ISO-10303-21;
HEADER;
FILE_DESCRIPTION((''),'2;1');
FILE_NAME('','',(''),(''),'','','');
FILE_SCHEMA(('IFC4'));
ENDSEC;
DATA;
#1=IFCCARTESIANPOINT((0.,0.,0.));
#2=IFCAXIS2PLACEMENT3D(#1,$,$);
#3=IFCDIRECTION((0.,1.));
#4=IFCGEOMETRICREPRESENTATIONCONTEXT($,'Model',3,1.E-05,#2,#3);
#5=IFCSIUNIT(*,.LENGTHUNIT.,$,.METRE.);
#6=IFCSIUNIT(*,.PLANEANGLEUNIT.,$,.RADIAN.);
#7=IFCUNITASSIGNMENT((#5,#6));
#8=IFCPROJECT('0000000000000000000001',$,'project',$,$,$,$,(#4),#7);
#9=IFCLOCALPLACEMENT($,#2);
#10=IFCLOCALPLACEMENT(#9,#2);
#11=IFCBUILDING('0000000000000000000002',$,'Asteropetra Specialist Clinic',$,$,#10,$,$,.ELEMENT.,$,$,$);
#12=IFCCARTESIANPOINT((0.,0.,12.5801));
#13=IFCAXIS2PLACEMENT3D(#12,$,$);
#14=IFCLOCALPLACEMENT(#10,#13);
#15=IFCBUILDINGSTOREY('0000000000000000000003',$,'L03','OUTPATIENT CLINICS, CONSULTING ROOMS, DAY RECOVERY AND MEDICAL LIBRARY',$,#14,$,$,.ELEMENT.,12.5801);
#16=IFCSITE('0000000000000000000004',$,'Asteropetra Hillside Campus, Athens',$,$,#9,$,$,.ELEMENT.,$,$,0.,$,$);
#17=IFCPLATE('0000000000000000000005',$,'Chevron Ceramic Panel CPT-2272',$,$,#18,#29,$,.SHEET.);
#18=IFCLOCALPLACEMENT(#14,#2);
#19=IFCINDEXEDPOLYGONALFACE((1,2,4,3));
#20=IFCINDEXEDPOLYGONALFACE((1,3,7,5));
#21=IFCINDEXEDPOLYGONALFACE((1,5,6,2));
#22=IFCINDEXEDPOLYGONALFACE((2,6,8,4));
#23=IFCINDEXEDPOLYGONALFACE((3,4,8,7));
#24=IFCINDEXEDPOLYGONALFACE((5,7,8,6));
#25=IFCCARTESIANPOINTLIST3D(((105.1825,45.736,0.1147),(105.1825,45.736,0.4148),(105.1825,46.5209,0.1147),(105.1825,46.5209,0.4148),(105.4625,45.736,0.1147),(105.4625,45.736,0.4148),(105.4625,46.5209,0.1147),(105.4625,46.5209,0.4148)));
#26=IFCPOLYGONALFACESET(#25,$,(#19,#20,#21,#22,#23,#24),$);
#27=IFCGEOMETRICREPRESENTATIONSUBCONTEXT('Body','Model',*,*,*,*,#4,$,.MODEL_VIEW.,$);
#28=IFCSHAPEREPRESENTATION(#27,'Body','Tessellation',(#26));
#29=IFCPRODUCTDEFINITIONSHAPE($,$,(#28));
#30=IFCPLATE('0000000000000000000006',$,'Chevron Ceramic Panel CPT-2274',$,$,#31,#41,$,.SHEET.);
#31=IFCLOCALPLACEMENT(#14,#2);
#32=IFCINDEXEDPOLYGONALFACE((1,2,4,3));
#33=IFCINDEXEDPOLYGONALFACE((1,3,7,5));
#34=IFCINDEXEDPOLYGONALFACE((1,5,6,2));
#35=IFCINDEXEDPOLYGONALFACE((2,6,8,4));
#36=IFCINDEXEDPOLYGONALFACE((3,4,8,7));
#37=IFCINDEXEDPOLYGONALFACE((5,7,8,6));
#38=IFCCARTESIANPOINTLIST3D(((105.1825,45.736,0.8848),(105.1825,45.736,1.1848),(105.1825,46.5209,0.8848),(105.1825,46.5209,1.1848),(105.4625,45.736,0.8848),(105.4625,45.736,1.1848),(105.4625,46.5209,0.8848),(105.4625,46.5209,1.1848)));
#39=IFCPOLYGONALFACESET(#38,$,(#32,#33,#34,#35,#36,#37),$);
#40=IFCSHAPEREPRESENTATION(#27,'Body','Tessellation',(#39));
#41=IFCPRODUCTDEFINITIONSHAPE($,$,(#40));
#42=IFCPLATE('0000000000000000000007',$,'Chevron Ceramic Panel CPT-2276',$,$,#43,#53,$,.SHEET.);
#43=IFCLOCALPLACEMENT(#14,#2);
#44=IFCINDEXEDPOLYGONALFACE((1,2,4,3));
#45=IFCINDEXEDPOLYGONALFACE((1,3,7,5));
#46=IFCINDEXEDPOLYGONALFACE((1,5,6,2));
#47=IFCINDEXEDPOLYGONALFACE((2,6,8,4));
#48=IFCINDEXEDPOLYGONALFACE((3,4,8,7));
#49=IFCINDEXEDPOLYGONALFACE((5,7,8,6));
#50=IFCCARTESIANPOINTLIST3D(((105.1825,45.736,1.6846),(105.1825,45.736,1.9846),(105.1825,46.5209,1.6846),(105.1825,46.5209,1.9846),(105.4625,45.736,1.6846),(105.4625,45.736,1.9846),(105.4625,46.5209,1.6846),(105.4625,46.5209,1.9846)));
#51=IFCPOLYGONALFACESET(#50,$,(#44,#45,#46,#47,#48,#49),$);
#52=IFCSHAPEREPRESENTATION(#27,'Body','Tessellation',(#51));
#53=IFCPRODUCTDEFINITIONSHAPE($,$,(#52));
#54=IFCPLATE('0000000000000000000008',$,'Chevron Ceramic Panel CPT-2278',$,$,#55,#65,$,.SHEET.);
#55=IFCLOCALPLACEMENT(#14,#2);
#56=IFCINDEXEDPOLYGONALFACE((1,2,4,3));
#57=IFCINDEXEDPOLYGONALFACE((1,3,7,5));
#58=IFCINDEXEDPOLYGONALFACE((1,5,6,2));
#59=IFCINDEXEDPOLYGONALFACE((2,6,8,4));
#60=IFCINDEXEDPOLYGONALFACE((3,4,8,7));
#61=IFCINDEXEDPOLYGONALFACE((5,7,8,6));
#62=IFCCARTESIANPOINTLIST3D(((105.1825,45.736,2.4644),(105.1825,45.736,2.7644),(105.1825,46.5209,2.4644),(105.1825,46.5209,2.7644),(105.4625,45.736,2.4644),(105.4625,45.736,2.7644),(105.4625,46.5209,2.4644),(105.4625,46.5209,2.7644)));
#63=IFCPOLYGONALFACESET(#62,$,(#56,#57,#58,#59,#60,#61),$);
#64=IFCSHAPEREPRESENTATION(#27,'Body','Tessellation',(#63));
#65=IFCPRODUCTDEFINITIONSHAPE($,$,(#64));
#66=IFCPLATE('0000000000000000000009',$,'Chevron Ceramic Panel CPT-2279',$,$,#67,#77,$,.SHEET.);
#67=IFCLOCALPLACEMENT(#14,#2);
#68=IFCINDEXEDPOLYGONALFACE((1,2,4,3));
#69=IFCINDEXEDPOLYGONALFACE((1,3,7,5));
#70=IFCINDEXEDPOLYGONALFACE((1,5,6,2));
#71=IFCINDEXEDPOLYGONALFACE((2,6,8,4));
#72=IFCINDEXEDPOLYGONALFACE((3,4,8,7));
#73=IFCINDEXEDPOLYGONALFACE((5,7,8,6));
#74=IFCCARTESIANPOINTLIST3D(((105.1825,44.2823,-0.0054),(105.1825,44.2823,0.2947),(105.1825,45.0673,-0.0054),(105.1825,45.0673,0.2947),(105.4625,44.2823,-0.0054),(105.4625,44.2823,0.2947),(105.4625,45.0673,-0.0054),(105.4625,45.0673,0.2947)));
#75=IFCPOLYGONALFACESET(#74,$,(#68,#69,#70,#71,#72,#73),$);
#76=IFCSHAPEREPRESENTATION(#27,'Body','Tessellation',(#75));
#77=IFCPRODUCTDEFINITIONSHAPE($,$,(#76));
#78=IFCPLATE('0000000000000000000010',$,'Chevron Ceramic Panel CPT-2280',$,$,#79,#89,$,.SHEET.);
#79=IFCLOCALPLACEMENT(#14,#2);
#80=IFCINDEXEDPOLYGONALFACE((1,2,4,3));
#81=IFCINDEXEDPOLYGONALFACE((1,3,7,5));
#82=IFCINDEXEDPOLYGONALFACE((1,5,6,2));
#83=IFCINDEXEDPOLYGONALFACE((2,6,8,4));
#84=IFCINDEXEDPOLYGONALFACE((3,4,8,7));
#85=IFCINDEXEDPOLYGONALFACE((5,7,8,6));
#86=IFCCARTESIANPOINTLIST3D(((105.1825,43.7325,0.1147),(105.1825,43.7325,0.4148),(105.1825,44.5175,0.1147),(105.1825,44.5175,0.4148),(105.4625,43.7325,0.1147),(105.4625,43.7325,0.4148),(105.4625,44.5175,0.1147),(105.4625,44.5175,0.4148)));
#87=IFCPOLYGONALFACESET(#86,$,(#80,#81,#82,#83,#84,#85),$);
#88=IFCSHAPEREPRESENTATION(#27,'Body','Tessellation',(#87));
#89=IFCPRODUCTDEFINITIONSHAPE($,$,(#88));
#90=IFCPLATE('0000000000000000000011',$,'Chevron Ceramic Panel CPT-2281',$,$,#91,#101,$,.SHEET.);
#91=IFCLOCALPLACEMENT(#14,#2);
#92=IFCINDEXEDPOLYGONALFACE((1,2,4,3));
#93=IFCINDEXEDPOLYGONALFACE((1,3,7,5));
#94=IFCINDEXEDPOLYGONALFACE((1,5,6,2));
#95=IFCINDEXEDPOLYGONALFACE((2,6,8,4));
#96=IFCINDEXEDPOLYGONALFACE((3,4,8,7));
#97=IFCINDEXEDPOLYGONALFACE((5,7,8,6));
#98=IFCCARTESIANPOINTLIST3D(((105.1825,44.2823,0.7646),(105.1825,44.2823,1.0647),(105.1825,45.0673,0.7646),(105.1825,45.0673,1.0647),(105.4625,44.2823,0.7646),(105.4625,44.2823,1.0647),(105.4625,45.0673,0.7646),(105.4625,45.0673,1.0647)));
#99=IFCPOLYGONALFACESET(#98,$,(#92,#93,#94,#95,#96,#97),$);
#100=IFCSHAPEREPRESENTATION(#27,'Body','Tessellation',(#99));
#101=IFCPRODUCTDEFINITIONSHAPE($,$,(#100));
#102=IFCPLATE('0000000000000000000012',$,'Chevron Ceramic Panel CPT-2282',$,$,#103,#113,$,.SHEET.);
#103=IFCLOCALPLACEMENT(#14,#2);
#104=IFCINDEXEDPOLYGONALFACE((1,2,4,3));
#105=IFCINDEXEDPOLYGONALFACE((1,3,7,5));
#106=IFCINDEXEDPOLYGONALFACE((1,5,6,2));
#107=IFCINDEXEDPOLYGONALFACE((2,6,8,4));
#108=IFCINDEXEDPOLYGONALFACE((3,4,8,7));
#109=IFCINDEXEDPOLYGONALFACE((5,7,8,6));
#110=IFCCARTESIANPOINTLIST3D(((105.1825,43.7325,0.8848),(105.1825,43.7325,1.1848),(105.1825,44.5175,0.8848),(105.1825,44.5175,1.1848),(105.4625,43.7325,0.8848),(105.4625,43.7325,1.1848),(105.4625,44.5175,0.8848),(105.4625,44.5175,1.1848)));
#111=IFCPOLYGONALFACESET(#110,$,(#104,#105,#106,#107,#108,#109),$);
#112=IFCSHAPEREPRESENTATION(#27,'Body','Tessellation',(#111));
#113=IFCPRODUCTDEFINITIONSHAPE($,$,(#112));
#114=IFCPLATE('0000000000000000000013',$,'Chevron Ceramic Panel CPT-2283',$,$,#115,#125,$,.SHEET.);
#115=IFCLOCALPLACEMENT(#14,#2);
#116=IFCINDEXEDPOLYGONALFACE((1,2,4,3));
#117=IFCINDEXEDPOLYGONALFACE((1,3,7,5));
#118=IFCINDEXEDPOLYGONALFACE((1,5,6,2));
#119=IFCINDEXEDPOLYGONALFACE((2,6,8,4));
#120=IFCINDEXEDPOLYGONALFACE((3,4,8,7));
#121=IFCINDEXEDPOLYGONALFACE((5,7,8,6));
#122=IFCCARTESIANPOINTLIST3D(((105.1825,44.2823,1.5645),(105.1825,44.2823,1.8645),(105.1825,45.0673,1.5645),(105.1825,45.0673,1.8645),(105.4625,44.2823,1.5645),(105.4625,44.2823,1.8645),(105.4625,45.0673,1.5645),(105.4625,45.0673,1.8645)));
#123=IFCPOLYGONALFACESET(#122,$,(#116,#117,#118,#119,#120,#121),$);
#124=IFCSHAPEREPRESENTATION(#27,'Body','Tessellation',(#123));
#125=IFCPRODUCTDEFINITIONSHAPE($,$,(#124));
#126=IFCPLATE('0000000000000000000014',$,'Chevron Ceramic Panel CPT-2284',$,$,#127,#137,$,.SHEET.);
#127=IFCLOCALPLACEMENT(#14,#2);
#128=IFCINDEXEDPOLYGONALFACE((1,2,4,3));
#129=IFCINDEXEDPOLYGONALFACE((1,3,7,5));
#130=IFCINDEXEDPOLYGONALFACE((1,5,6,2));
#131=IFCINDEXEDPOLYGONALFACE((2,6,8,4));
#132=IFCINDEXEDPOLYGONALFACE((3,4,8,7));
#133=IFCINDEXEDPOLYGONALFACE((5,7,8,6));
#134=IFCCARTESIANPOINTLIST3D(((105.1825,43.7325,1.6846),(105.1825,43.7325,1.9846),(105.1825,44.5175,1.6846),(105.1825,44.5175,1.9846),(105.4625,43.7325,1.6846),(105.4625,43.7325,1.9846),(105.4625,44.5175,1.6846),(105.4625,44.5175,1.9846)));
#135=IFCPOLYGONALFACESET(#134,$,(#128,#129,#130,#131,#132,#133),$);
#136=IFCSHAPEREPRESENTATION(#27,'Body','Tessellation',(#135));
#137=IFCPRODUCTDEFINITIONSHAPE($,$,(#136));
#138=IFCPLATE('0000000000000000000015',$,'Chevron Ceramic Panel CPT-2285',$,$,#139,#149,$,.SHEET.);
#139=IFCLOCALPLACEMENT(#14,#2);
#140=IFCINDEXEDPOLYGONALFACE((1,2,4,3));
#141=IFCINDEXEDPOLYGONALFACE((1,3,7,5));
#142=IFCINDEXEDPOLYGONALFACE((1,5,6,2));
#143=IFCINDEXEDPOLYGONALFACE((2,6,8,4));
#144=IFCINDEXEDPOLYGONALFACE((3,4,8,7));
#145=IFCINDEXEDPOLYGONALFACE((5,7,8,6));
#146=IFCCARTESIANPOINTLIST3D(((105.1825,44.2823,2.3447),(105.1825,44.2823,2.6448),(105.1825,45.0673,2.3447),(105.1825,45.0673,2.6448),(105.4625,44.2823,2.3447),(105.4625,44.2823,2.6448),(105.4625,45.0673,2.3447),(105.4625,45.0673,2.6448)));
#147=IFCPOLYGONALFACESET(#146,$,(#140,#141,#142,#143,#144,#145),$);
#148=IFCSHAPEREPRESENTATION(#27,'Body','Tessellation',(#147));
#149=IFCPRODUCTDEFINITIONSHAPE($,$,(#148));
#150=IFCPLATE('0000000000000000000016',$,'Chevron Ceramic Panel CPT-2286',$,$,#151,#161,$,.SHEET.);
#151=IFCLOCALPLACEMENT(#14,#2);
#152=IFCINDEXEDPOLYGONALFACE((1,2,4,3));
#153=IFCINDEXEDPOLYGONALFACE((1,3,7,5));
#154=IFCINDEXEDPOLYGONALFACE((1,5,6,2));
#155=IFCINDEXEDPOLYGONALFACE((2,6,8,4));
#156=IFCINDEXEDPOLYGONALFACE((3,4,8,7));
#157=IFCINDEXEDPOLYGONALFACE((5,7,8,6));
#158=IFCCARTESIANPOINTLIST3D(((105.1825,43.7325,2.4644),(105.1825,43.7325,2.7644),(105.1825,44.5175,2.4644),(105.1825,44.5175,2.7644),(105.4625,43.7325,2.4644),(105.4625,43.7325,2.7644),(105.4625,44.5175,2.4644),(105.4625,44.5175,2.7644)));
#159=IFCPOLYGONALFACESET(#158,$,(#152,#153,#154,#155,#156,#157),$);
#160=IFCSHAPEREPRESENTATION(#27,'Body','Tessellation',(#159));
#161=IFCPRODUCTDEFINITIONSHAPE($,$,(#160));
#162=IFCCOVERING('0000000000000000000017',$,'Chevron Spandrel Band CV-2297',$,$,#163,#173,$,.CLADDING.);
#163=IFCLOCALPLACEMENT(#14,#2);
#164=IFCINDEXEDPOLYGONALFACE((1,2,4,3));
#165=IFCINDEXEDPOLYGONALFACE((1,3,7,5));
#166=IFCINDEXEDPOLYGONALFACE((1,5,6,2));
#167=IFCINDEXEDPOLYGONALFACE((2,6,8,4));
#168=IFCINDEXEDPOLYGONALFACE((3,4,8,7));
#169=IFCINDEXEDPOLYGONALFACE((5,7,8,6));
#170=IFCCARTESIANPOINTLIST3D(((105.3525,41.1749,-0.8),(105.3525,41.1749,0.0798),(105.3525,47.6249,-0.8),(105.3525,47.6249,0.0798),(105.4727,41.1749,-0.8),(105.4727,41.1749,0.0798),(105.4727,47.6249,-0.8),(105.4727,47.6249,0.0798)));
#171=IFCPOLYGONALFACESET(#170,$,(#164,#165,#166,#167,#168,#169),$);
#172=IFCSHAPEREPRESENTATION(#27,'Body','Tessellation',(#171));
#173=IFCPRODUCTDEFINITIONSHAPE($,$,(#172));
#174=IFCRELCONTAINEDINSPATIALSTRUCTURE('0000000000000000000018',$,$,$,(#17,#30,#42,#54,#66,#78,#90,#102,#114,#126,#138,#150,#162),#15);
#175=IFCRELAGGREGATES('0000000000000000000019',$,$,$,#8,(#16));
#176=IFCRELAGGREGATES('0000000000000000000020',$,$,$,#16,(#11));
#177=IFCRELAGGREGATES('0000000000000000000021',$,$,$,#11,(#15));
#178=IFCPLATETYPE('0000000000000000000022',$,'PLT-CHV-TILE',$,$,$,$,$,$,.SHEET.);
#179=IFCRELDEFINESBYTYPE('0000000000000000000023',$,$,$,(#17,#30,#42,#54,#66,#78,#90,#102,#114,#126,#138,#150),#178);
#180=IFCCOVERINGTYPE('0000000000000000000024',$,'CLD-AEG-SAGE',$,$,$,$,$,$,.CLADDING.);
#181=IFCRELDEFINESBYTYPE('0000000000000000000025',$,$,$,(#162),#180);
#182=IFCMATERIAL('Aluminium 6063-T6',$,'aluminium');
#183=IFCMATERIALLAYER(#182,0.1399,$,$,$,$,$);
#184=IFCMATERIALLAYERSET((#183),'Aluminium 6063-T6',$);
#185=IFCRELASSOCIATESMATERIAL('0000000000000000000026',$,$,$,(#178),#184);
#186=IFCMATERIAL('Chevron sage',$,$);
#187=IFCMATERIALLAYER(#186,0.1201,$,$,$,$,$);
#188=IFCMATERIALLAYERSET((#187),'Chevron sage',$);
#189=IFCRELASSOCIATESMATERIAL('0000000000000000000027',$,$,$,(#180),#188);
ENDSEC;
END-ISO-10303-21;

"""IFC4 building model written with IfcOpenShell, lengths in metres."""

from ifc_helpers import new_model, si_unit, direction, frame, origin, origin_2d, place, context, subcontext, project, spatial, rectangle, extrude, material, layer, layer_set, type_object, element, save


model = new_model("IFC4")

# Units and contexts
model_context = context("Model", 3, precision=1e-05, world=origin(), true_north=direction((0.0, 1.0)))
body_context = subcontext(model_context, "Body", "Model", "MODEL_VIEW")
ifc_project = project(units=[si_unit("LENGTHUNIT", "METRE"), si_unit("PLANEANGLEUNIT", "RADIAN")], contexts=[model_context])

# Site, building, storey
site_placement = place(None, origin())
site = spatial("IfcSite", under=ifc_project, at=site_placement, Name="Asteropetra Hillside Campus, Athens", CompositionType="ELEMENT", RefElevation=0.0)
building_placement = place(site_placement, origin())
building = spatial("IfcBuilding", under=site, at=building_placement, Name="Asteropetra Specialist Clinic", CompositionType="ELEMENT")
storey_placement = place(building_placement, frame((0.0, 0.0, 12.5801)))
storey = spatial("IfcBuildingStorey", under=building, at=storey_placement, Name="L03", Description="OUTPATIENT CLINICS, CONSULTING ROOMS, DAY RECOVERY AND MEDICAL LIBRARY", CompositionType="ELEMENT", Elevation=12.5801)

# Plates
ifc_material_1 = material(Name="Aluminium 6063-T6", Category="aluminium")
ifc_layer_1 = layer(ifc_material_1, 0.1399)
ifc_layer_set_1 = layer_set([ifc_layer_1], Name="Aluminium 6063-T6")
plate_type_1 = type_object("IfcPlateType", Name="PLT-CHV-TILE", PredefinedType="SHEET", material=ifc_layer_set_1)
for number, where, z_axis, x_axis, name in (
    (1, (105.3225, 46.1284, 0.1147), (0.0, 0.0, 1.0), (1.0, 0.0, 0.0), "Chevron Ceramic Panel CPT-2272"),
    (2, (105.3225, 46.1284, 0.8848), (0.0, 0.0, 1.0), (1.0, 0.0, 0.0), "Chevron Ceramic Panel CPT-2274"),
    (3, (105.3225, 46.1284, 1.6846), (0.0, 0.0, 1.0), (1.0, 0.0, 0.0), "Chevron Ceramic Panel CPT-2276"),
    (4, (105.3225, 46.1284, 2.4644), (0.0, 0.0, 1.0), (1.0, 0.0, 0.0), "Chevron Ceramic Panel CPT-2278"),
    (5, (105.3225, 44.6748, -0.0054), (0.0, 0.0, 1.0), (1.0, 0.0, 0.0), "Chevron Ceramic Panel CPT-2279"),
    (6, (105.3225, 44.125, 0.1147), (0.0, 0.0, 1.0), (1.0, 0.0, 0.0), "Chevron Ceramic Panel CPT-2280"),
    (7, (105.3225, 44.6748, 0.7646), (0.0, 0.0, 1.0), (1.0, 0.0, 0.0), "Chevron Ceramic Panel CPT-2281"),
    (8, (105.3225, 44.125, 0.8848), (0.0, 0.0, 1.0), (1.0, 0.0, 0.0), "Chevron Ceramic Panel CPT-2282"),
    (9, (105.3225, 44.6748, 1.5645), (0.0, 0.0, 1.0), (1.0, 0.0, 0.0), "Chevron Ceramic Panel CPT-2283"),
    (10, (105.3225, 44.125, 1.6846), (0.0, 0.0, 1.0), (1.0, 0.0, 0.0), "Chevron Ceramic Panel CPT-2284"),
    (11, (105.3225, 44.6748, 2.3447), (0.0, 0.0, 1.0), (1.0, 0.0, 0.0), "Chevron Ceramic Panel CPT-2285"),
    (12, (105.3225, 44.125, 2.4644), (0.0, 0.0, 1.0), (1.0, 0.0, 0.0), "Chevron Ceramic Panel CPT-2286"),
):
    element("IfcPlate", number, at=place(storey_placement, frame(where, z_axis=z_axis, x_axis=x_axis)), inside=storey, type_object=plate_type_1, Name=name, PredefinedType="SHEET", context=body_context, shape_type="SweptSolid", body=[
        extrude(rectangle(XDim=0.28, YDim=0.7849, at=origin_2d()), origin(), (0.0, 0.0, 1.0), 0.3),
    ])

# Covering
ifc_material_2 = material(Name="Chevron sage")
ifc_layer_2 = layer(ifc_material_2, 0.1201)
ifc_layer_set_2 = layer_set([ifc_layer_2], Name="Chevron sage")
covering_type = type_object("IfcCoveringType", Name="CLD-AEG-SAGE", PredefinedType="CLADDING", material=ifc_layer_set_2)
covering_placement = place(storey_placement, frame((105.4126, 44.3999, -0.8), z_axis=(0.0, 0.0, 1.0), x_axis=(1.0, 0.0, 0.0)))
element("IfcCovering", 13, at=covering_placement, inside=storey, type_object=covering_type, Name="Chevron Spandrel Band CV-2297", PredefinedType="CLADDING", context=body_context, shape_type="SweptSolid", body=[
    extrude(rectangle(XDim=0.1201, YDim=6.45, at=origin_2d()), origin(), (0.0, 0.0, 1.0), 0.8799),
])

save(model, "model.ifc")
